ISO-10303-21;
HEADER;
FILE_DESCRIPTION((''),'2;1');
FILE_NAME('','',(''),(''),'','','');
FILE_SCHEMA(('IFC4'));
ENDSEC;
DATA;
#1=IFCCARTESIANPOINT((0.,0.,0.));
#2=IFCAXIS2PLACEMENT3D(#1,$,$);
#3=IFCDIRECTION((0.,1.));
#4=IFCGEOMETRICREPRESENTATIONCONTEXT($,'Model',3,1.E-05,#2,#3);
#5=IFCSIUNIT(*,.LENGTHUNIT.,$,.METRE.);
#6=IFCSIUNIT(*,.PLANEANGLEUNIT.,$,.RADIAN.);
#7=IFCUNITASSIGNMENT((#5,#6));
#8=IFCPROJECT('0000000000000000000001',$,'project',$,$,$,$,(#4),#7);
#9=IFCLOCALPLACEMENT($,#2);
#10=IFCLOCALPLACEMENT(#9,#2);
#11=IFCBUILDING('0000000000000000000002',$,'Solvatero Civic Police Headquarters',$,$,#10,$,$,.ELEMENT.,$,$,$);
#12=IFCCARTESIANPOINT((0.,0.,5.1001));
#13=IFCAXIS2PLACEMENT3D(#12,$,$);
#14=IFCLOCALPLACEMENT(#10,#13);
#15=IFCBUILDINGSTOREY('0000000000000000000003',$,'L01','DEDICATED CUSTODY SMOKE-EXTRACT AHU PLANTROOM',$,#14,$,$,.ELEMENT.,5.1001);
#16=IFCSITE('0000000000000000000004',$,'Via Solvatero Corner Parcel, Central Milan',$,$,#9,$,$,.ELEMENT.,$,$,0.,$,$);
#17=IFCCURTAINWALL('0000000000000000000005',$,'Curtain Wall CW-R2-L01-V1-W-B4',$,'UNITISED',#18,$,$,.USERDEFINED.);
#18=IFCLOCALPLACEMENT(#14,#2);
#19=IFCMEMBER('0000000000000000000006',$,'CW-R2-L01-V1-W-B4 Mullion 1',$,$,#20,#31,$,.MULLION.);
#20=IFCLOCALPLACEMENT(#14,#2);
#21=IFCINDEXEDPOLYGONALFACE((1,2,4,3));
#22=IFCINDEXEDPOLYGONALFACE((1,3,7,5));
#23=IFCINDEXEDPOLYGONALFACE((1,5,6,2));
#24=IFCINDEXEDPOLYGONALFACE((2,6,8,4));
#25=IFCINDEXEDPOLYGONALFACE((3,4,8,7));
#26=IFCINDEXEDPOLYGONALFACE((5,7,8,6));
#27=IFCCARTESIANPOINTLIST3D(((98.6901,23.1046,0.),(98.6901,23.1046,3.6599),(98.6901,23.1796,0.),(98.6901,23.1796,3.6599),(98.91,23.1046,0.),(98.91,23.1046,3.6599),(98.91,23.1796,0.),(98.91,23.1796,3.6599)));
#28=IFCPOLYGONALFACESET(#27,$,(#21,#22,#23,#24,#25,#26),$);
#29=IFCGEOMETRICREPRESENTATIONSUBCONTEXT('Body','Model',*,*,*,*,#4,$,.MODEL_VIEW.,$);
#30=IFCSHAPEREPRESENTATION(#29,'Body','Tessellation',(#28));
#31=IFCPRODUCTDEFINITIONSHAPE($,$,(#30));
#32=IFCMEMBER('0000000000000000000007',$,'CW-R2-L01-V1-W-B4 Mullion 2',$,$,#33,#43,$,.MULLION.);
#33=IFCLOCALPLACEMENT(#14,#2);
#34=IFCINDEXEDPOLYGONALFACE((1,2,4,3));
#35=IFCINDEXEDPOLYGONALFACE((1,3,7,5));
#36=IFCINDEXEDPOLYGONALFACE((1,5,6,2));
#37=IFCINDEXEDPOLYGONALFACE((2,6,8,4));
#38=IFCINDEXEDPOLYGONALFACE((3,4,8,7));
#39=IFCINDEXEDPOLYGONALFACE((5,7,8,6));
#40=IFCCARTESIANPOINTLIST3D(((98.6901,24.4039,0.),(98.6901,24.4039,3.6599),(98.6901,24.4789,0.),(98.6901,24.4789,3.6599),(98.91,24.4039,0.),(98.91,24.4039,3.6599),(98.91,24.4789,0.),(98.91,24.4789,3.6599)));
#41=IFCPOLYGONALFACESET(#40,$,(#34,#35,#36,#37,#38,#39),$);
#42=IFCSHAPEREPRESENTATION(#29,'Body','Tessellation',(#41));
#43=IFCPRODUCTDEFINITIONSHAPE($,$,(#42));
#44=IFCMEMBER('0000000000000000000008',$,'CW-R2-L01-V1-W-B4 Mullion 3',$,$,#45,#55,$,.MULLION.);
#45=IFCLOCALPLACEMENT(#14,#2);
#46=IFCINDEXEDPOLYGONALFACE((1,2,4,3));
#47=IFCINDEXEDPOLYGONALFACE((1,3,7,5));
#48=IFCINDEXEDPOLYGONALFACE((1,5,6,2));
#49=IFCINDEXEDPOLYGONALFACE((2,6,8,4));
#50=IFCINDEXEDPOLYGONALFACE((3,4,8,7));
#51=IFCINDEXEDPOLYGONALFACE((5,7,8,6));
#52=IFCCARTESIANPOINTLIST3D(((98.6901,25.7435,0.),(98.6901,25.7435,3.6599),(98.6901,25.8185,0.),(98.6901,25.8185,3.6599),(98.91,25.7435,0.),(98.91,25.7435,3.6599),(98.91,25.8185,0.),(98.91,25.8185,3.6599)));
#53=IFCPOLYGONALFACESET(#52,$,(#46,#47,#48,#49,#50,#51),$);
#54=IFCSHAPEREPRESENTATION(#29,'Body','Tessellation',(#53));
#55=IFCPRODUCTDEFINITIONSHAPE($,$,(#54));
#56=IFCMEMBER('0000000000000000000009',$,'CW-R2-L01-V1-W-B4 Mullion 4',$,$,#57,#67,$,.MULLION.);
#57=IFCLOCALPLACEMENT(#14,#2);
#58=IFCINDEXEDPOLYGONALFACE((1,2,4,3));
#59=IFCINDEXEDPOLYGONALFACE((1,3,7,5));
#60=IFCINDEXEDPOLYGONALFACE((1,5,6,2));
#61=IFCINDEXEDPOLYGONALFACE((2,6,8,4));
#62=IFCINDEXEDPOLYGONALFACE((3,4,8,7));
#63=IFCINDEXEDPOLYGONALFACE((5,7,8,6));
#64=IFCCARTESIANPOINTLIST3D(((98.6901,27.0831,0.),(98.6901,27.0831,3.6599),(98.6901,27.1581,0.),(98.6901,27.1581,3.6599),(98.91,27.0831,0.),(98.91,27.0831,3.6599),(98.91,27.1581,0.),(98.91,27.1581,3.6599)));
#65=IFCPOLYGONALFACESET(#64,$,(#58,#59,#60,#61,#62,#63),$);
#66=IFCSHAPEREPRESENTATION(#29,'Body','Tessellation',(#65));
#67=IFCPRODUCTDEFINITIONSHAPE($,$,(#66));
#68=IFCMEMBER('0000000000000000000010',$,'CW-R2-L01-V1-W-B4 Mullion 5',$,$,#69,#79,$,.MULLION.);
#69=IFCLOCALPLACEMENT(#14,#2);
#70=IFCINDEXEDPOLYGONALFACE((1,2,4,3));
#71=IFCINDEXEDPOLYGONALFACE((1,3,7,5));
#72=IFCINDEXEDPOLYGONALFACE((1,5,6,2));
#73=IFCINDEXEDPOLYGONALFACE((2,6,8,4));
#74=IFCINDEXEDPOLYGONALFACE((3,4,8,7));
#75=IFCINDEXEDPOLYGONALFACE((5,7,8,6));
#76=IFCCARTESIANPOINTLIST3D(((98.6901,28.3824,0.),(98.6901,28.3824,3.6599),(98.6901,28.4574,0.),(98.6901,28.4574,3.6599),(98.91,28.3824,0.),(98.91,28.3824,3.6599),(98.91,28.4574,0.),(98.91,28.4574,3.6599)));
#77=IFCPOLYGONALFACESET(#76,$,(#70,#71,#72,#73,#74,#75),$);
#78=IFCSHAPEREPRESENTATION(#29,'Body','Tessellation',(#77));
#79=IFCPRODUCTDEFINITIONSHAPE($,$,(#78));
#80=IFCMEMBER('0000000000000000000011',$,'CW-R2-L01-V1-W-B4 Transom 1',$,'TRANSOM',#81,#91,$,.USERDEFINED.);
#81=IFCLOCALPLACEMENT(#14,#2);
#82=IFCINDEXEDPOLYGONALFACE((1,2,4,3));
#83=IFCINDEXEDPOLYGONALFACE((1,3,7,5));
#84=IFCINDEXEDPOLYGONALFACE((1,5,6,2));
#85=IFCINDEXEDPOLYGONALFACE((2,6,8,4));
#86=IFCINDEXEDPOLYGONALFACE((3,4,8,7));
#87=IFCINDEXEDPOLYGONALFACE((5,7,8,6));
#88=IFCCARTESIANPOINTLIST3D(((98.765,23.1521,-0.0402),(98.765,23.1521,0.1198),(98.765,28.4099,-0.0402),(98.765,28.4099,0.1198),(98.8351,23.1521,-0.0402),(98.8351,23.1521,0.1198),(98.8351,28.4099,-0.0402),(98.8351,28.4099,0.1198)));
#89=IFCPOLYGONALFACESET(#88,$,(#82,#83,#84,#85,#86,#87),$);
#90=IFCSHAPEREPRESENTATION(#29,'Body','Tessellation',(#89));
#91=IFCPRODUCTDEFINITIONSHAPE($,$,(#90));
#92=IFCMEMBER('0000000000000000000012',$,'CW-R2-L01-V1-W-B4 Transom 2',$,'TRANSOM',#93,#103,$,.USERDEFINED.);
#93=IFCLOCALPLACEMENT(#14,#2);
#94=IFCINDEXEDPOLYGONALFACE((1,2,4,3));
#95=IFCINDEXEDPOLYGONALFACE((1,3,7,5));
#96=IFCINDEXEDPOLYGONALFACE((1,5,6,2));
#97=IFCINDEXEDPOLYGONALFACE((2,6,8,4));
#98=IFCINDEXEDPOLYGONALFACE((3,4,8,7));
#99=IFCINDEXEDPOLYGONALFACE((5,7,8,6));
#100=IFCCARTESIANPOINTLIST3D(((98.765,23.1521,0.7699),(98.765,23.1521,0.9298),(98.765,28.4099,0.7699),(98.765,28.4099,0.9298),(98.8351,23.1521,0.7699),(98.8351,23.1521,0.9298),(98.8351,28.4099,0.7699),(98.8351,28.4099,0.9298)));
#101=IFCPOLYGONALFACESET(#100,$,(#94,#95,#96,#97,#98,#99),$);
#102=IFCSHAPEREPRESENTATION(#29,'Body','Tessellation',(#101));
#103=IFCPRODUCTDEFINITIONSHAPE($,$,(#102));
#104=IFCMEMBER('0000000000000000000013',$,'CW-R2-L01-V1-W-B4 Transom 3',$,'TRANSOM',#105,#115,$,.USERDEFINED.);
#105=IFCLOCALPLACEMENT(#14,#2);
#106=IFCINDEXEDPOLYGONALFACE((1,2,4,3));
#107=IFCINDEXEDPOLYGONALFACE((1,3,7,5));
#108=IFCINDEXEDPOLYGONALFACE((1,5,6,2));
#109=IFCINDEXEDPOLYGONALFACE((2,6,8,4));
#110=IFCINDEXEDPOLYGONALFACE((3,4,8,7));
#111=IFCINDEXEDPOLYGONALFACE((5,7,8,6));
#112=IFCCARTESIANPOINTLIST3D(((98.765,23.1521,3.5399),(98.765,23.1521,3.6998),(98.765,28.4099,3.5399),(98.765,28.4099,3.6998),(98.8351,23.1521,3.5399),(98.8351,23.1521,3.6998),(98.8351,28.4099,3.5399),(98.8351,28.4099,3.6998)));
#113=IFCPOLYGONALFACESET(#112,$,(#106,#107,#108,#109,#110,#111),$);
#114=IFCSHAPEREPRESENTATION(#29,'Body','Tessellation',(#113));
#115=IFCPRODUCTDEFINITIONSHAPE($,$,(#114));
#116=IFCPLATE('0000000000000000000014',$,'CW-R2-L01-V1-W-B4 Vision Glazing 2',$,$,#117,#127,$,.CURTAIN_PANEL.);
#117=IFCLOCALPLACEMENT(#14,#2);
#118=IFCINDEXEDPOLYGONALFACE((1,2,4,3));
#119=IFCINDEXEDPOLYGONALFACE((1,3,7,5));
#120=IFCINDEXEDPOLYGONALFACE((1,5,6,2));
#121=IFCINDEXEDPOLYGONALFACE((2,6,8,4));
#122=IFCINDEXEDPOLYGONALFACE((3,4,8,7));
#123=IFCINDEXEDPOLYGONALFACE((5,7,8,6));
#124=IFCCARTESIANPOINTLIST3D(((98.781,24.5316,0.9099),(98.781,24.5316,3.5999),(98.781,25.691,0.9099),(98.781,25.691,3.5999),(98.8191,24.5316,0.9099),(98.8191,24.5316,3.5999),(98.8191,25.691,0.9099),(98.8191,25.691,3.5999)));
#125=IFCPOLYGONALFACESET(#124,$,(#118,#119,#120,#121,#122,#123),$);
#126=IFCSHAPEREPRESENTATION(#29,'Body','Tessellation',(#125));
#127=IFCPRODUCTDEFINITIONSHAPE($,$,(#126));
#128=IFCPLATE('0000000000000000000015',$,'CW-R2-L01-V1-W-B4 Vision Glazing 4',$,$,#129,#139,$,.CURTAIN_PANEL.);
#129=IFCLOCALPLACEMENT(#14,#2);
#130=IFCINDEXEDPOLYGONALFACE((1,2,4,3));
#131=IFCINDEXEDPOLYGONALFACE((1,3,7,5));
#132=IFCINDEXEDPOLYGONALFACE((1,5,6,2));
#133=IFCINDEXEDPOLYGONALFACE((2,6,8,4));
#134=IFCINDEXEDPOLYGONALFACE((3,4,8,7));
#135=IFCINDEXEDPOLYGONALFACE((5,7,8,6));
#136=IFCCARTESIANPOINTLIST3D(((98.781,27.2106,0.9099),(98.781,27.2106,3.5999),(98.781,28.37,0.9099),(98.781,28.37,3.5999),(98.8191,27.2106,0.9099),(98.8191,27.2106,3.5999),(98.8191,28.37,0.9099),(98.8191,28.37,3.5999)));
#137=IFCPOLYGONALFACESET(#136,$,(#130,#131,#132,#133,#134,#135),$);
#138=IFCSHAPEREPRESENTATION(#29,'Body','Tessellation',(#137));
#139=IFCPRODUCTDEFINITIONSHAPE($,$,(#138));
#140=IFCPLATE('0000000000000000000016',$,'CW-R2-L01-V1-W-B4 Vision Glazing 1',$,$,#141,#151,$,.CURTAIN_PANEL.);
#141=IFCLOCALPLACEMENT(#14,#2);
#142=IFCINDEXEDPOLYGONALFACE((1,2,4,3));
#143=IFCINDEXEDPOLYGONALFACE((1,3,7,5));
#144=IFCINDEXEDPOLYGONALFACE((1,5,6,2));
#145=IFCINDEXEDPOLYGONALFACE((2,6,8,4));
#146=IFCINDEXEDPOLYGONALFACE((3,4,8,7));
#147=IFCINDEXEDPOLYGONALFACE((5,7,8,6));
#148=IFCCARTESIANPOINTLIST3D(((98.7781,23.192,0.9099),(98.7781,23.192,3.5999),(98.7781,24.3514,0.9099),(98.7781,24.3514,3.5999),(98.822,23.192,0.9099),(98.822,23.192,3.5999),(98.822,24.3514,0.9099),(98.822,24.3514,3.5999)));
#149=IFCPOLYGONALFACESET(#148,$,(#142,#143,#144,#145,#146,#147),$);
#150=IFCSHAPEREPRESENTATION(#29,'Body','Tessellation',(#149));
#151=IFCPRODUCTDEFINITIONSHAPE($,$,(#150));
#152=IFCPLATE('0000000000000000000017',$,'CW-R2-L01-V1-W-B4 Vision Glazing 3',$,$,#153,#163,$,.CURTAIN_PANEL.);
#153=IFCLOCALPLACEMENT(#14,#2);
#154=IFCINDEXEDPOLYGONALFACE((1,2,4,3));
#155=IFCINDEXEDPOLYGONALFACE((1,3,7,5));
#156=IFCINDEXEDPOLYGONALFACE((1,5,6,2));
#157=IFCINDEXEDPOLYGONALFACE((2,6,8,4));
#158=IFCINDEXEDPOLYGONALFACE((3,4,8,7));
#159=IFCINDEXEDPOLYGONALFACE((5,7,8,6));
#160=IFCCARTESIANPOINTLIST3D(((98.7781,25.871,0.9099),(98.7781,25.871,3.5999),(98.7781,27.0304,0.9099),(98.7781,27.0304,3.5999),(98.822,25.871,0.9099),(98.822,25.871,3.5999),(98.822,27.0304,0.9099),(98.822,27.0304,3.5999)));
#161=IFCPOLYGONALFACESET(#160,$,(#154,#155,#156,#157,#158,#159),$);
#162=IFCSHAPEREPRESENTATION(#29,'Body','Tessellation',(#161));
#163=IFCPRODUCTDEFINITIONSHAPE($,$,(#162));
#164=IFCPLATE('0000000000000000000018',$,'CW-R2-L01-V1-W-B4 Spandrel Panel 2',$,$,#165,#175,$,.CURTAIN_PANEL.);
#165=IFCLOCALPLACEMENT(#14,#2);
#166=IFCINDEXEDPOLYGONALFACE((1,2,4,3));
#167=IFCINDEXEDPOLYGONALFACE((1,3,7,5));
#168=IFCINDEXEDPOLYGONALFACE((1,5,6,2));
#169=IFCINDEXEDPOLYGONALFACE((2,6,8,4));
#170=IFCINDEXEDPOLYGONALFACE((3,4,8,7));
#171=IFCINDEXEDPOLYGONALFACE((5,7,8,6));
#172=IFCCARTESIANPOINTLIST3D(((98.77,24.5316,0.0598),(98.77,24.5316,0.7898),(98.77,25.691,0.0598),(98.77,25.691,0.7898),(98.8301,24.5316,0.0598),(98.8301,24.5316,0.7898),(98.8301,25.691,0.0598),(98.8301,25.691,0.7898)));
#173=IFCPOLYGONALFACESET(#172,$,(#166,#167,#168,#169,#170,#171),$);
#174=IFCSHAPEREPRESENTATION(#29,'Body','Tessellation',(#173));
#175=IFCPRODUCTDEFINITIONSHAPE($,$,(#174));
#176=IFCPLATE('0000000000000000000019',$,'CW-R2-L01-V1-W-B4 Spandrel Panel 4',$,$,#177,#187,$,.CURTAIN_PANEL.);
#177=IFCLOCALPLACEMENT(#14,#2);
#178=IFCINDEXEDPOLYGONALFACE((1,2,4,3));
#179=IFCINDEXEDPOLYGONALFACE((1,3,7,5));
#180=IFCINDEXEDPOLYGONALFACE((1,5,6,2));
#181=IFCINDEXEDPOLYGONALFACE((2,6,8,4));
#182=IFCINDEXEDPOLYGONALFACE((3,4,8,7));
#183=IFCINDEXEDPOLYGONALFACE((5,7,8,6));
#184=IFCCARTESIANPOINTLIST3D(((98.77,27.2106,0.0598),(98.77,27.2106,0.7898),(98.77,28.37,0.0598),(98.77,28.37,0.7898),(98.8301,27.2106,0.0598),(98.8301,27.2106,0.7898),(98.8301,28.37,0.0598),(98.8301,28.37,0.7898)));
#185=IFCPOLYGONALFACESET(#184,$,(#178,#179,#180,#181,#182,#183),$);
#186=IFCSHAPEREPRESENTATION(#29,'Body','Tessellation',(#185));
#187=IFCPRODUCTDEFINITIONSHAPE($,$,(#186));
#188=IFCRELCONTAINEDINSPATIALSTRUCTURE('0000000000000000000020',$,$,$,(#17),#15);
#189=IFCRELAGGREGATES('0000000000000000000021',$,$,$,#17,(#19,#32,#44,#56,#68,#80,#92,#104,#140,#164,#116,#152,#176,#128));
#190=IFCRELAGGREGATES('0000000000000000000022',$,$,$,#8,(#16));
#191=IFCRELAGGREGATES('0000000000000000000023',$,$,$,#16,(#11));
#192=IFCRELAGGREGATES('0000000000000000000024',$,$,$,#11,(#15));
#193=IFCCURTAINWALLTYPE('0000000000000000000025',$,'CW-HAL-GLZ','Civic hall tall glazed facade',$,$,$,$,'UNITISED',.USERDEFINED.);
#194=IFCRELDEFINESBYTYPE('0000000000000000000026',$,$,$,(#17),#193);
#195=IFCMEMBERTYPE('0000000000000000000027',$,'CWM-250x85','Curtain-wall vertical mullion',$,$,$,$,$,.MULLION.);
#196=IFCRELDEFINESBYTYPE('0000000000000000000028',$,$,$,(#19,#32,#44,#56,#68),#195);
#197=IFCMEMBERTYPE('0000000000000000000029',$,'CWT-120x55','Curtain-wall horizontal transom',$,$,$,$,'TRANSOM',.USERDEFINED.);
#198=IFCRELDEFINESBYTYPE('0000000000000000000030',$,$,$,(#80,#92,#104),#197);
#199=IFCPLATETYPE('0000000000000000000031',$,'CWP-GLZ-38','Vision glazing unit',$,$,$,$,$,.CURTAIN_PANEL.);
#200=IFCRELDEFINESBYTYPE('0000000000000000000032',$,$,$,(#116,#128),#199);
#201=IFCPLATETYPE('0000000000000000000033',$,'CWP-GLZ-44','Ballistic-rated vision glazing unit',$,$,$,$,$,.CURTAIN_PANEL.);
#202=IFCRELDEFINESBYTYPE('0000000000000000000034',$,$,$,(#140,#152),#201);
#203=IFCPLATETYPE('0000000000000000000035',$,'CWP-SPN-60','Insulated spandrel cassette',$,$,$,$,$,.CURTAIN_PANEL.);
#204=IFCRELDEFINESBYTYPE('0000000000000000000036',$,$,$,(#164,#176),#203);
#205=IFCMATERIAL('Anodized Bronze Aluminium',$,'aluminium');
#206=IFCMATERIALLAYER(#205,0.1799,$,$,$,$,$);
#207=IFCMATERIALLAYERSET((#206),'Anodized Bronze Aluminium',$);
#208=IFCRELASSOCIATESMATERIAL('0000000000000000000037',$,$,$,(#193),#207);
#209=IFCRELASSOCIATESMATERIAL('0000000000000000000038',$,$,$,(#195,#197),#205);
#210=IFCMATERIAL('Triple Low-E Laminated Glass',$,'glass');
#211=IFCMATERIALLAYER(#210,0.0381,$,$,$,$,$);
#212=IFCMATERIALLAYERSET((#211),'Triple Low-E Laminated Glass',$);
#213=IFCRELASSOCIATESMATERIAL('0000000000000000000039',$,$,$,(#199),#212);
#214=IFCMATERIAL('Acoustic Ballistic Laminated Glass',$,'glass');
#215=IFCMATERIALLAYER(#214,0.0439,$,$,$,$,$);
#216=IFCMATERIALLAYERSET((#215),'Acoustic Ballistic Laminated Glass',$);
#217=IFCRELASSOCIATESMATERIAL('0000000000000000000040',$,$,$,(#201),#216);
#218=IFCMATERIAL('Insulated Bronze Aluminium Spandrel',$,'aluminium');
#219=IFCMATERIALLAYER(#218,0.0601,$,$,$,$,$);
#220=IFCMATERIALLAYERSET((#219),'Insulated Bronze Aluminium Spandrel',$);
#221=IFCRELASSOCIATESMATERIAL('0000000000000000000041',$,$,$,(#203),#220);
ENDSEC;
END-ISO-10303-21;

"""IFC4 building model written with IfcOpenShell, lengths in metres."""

from ifc_helpers import new_model, si_unit, direction, frame, origin, origin_2d, place, context, subcontext, project, spatial, rectangle, extrude, material, layer, layer_set, material_profile, profile_set, type_object, element, aggregate, save


model = new_model("IFC4")

# Units and contexts
model_context = context("Model", 3, precision=1e-05, world=origin(), true_north=direction((0.0, 1.0)))
body_context = subcontext(model_context, "Body", "Model", "MODEL_VIEW")
ifc_project = project(units=[si_unit("LENGTHUNIT", "METRE"), si_unit("PLANEANGLEUNIT", "RADIAN")], contexts=[model_context])

# Site, building, storey
site_placement = place(None, origin())
site = spatial("IfcSite", under=ifc_project, at=site_placement, Name="Via Solvatero Corner Parcel, Central Milan", CompositionType="ELEMENT", RefElevation=0.0)
building_placement = place(site_placement, origin())
building = spatial("IfcBuilding", under=site, at=building_placement, Name="Solvatero Civic Police Headquarters", CompositionType="ELEMENT")
storey_placement = place(building_placement, frame((0.0, 0.0, 5.1001)))
storey = spatial("IfcBuildingStorey", under=building, at=storey_placement, Name="L01", Description="DEDICATED CUSTODY SMOKE-EXTRACT AHU PLANTROOM", CompositionType="ELEMENT", Elevation=5.1001)

# Curtain wall, members, plates
ifc_material_1 = material(Name="Anodized Bronze Aluminium", Category="aluminium")
ifc_layer_1 = layer(ifc_material_1, 0.1799)
ifc_layer_set_1 = layer_set([ifc_layer_1], Name="Anodized Bronze Aluminium")
curtain_wall_type = type_object("IfcCurtainWallType", Name="CW-HAL-GLZ", Description="Civic hall tall glazed facade", ElementType="UNITISED", PredefinedType="USERDEFINED", material=ifc_layer_set_1)
curtain_wall_placement = place(storey_placement, origin())
curtain_wall = element("IfcCurtainWall", 1, at=curtain_wall_placement, inside=storey, type_object=curtain_wall_type, Name="Curtain Wall CW-R2-L01-V1-W-B4", ObjectType="UNITISED", PredefinedType="USERDEFINED")
ifc_material_profile_1 = material_profile(ifc_material_1, rectangle(XDim=0.075, YDim=0.22, at=origin_2d()), Name="ALU MULLION 75x220")
ifc_profile_set_1 = profile_set([ifc_material_profile_1], Name="Anodized Bronze Aluminium")
member_type_1 = type_object("IfcMemberType", Name="CWM-250x85", Description="Curtain-wall vertical mullion", PredefinedType="MULLION", material=ifc_profile_set_1)
member_1_placement = place(storey_placement, frame((98.8, 23.1421, 0.0), z_axis=(0.0, 0.0, 1.0), x_axis=(0.0, 1.0, 0.0)))
member_1 = element("IfcMember", 2, at=member_1_placement, type_object=member_type_1, Name="CW-R2-L01-V1-W-B4 Mullion 1", PredefinedType="MULLION", context=body_context, shape_type="SweptSolid", body=[
    extrude(rectangle(XDim=0.075, YDim=0.22, at=origin_2d()), origin(), (0.0, 0.0, 1.0), 3.6599),
])
member_2_placement = place(storey_placement, frame((98.8, 24.4414, 0.0), z_axis=(0.0, 0.0, 1.0), x_axis=(0.0, 1.0, 0.0)))
member_2 = element("IfcMember", 3, at=member_2_placement, type_object=member_type_1, Name="CW-R2-L01-V1-W-B4 Mullion 2", PredefinedType="MULLION", context=body_context, shape_type="SweptSolid", body=[
    extrude(rectangle(XDim=0.075, YDim=0.22, at=origin_2d()), origin(), (0.0, 0.0, 1.0), 3.6599),
])
member_3_placement = place(storey_placement, frame((98.8, 25.781, 0.0), z_axis=(0.0, 0.0, 1.0), x_axis=(0.0, 1.0, 0.0)))
member_3 = element("IfcMember", 4, at=member_3_placement, type_object=member_type_1, Name="CW-R2-L01-V1-W-B4 Mullion 3", PredefinedType="MULLION", context=body_context, shape_type="SweptSolid", body=[
    extrude(rectangle(XDim=0.075, YDim=0.22, at=origin_2d()), origin(), (0.0, 0.0, 1.0), 3.6599),
])
member_4_placement = place(storey_placement, frame((98.8, 27.1206, 0.0), z_axis=(0.0, 0.0, 1.0), x_axis=(0.0, 1.0, 0.0)))
member_4 = element("IfcMember", 5, at=member_4_placement, type_object=member_type_1, Name="CW-R2-L01-V1-W-B4 Mullion 4", PredefinedType="MULLION", context=body_context, shape_type="SweptSolid", body=[
    extrude(rectangle(XDim=0.075, YDim=0.22, at=origin_2d()), origin(), (0.0, 0.0, 1.0), 3.6599),
])
member_5_placement = place(storey_placement, frame((98.8, 28.4199, 0.0), z_axis=(0.0, 0.0, 1.0), x_axis=(0.0, 1.0, 0.0)))
member_5 = element("IfcMember", 6, at=member_5_placement, type_object=member_type_1, Name="CW-R2-L01-V1-W-B4 Mullion 5", PredefinedType="MULLION", context=body_context, shape_type="SweptSolid", body=[
    extrude(rectangle(XDim=0.075, YDim=0.22, at=origin_2d()), origin(), (0.0, 0.0, 1.0), 3.6599),
])
ifc_material_profile_2 = material_profile(ifc_material_1, rectangle(XDim=0.0701, YDim=0.1599, at=origin_2d()), Name="ALU TRANSOM 70x160")
ifc_profile_set_2 = profile_set([ifc_material_profile_2], Name="Anodized Bronze Aluminium")
member_type_2 = type_object("IfcMemberType", Name="CWT-120x55", Description="Curtain-wall horizontal transom", ElementType="TRANSOM", PredefinedType="USERDEFINED", material=ifc_profile_set_2)
member_6_placement = place(storey_placement, frame((98.8, 23.1521, 0.0398), z_axis=(0.0, 1.0, 0.0), x_axis=(-1.0, 0.0, 0.0)))
member_6 = element("IfcMember", 7, at=member_6_placement, type_object=member_type_2, Name="CW-R2-L01-V1-W-B4 Transom 1", ObjectType="TRANSOM", PredefinedType="USERDEFINED", context=body_context, shape_type="SweptSolid", body=[
    extrude(rectangle(XDim=0.0701, YDim=0.1599, at=origin_2d()), origin(), (0.0, 0.0, 1.0), 5.2578),
])
member_7_placement = place(storey_placement, frame((98.8, 23.1521, 0.8499), z_axis=(0.0, 1.0, 0.0), x_axis=(-1.0, 0.0, 0.0)))
member_7 = element("IfcMember", 8, at=member_7_placement, type_object=member_type_2, Name="CW-R2-L01-V1-W-B4 Transom 2", ObjectType="TRANSOM", PredefinedType="USERDEFINED", context=body_context, shape_type="SweptSolid", body=[
    extrude(rectangle(XDim=0.0701, YDim=0.1599, at=origin_2d()), origin(), (0.0, 0.0, 1.0), 5.2578),
])
member_8_placement = place(storey_placement, frame((98.8, 23.1521, 3.6199), z_axis=(0.0, 1.0, 0.0), x_axis=(-1.0, 0.0, 0.0)))
member_8 = element("IfcMember", 9, at=member_8_placement, type_object=member_type_2, Name="CW-R2-L01-V1-W-B4 Transom 3", ObjectType="TRANSOM", PredefinedType="USERDEFINED", context=body_context, shape_type="SweptSolid", body=[
    extrude(rectangle(XDim=0.0701, YDim=0.1599, at=origin_2d()), origin(), (0.0, 0.0, 1.0), 5.2578),
])
ifc_material_2 = material(Name="Triple Low-E Laminated Glass", Category="glass")
ifc_layer_2 = layer(ifc_material_2, 0.0381)
ifc_layer_set_2 = layer_set([ifc_layer_2], Name="Triple Low-E Laminated Glass")
plate_type_1 = type_object("IfcPlateType", Name="CWP-GLZ-38", Description="Vision glazing unit", PredefinedType="CURTAIN_PANEL", material=ifc_layer_set_2)
plate_1_placement = place(storey_placement, frame((98.8, 25.1113, 0.9099), z_axis=(0.0, 0.0, 1.0), x_axis=(0.0, 1.0, 0.0)))
plate_1 = element("IfcPlate", 10, at=plate_1_placement, type_object=plate_type_1, Name="CW-R2-L01-V1-W-B4 Vision Glazing 2", PredefinedType="CURTAIN_PANEL", context=body_context, shape_type="SweptSolid", body=[
    extrude(rectangle(XDim=1.1594, YDim=0.0381, at=origin_2d()), origin(), (0.0, 0.0, 1.0), 2.6899),
])
plate_2_placement = place(storey_placement, frame((98.8, 27.7903, 0.9099), z_axis=(0.0, 0.0, 1.0), x_axis=(0.0, 1.0, 0.0)))
plate_2 = element("IfcPlate", 11, at=plate_2_placement, type_object=plate_type_1, Name="CW-R2-L01-V1-W-B4 Vision Glazing 4", PredefinedType="CURTAIN_PANEL", context=body_context, shape_type="SweptSolid", body=[
    extrude(rectangle(XDim=1.1594, YDim=0.0381, at=origin_2d()), origin(), (0.0, 0.0, 1.0), 2.6899),
])
ifc_material_3 = material(Name="Acoustic Ballistic Laminated Glass", Category="glass")
ifc_layer_3 = layer(ifc_material_3, 0.0439)
ifc_layer_set_3 = layer_set([ifc_layer_3], Name="Acoustic Ballistic Laminated Glass")
plate_type_2 = type_object("IfcPlateType", Name="CWP-GLZ-44", Description="Ballistic-rated vision glazing unit", PredefinedType="CURTAIN_PANEL", material=ifc_layer_set_3)
plate_3_placement = place(storey_placement, frame((98.8, 23.7717, 0.9099), z_axis=(0.0, 0.0, 1.0), x_axis=(0.0, 1.0, 0.0)))
plate_3 = element("IfcPlate", 12, at=plate_3_placement, type_object=plate_type_2, Name="CW-R2-L01-V1-W-B4 Vision Glazing 1", PredefinedType="CURTAIN_PANEL", context=body_context, shape_type="SweptSolid", body=[
    extrude(rectangle(XDim=1.1594, YDim=0.0439, at=origin_2d()), origin(), (0.0, 0.0, 1.0), 2.6899),
])
plate_4_placement = place(storey_placement, frame((98.8, 26.4507, 0.9099), z_axis=(0.0, 0.0, 1.0), x_axis=(0.0, 1.0, 0.0)))
plate_4 = element("IfcPlate", 13, at=plate_4_placement, type_object=plate_type_2, Name="CW-R2-L01-V1-W-B4 Vision Glazing 3", PredefinedType="CURTAIN_PANEL", context=body_context, shape_type="SweptSolid", body=[
    extrude(rectangle(XDim=1.1594, YDim=0.0439, at=origin_2d()), origin(), (0.0, 0.0, 1.0), 2.6899),
])
ifc_material_4 = material(Name="Insulated Bronze Aluminium Spandrel", Category="aluminium")
ifc_layer_4 = layer(ifc_material_4, 0.0601)
ifc_layer_set_4 = layer_set([ifc_layer_4], Name="Insulated Bronze Aluminium Spandrel")
plate_type_3 = type_object("IfcPlateType", Name="CWP-SPN-60", Description="Insulated spandrel cassette", PredefinedType="CURTAIN_PANEL", material=ifc_layer_set_4)
plate_5_placement = place(storey_placement, frame((98.8, 25.1113, 0.0598), z_axis=(0.0, 0.0, 1.0), x_axis=(0.0, 1.0, 0.0)))
plate_5 = element("IfcPlate", 14, at=plate_5_placement, type_object=plate_type_3, Name="CW-R2-L01-V1-W-B4 Spandrel Panel 2", PredefinedType="CURTAIN_PANEL", context=body_context, shape_type="SweptSolid", body=[
    extrude(rectangle(XDim=1.1594, YDim=0.0601, at=origin_2d()), origin(), (0.0, 0.0, 1.0), 0.73),
])
plate_6_placement = place(storey_placement, frame((98.8, 27.7903, 0.0598), z_axis=(0.0, 0.0, 1.0), x_axis=(0.0, 1.0, 0.0)))
plate_6 = element("IfcPlate", 15, at=plate_6_placement, type_object=plate_type_3, Name="CW-R2-L01-V1-W-B4 Spandrel Panel 4", PredefinedType="CURTAIN_PANEL", context=body_context, shape_type="SweptSolid", body=[
    extrude(rectangle(XDim=1.1594, YDim=0.0601, at=origin_2d()), origin(), (0.0, 0.0, 1.0), 0.73),
])
aggregate(curtain_wall, [member_1, member_2, member_3, member_4, member_5, member_6, member_7, member_8, plate_3, plate_5, plate_1, plate_4, plate_6, plate_2])

save(model, "model.ifc")
